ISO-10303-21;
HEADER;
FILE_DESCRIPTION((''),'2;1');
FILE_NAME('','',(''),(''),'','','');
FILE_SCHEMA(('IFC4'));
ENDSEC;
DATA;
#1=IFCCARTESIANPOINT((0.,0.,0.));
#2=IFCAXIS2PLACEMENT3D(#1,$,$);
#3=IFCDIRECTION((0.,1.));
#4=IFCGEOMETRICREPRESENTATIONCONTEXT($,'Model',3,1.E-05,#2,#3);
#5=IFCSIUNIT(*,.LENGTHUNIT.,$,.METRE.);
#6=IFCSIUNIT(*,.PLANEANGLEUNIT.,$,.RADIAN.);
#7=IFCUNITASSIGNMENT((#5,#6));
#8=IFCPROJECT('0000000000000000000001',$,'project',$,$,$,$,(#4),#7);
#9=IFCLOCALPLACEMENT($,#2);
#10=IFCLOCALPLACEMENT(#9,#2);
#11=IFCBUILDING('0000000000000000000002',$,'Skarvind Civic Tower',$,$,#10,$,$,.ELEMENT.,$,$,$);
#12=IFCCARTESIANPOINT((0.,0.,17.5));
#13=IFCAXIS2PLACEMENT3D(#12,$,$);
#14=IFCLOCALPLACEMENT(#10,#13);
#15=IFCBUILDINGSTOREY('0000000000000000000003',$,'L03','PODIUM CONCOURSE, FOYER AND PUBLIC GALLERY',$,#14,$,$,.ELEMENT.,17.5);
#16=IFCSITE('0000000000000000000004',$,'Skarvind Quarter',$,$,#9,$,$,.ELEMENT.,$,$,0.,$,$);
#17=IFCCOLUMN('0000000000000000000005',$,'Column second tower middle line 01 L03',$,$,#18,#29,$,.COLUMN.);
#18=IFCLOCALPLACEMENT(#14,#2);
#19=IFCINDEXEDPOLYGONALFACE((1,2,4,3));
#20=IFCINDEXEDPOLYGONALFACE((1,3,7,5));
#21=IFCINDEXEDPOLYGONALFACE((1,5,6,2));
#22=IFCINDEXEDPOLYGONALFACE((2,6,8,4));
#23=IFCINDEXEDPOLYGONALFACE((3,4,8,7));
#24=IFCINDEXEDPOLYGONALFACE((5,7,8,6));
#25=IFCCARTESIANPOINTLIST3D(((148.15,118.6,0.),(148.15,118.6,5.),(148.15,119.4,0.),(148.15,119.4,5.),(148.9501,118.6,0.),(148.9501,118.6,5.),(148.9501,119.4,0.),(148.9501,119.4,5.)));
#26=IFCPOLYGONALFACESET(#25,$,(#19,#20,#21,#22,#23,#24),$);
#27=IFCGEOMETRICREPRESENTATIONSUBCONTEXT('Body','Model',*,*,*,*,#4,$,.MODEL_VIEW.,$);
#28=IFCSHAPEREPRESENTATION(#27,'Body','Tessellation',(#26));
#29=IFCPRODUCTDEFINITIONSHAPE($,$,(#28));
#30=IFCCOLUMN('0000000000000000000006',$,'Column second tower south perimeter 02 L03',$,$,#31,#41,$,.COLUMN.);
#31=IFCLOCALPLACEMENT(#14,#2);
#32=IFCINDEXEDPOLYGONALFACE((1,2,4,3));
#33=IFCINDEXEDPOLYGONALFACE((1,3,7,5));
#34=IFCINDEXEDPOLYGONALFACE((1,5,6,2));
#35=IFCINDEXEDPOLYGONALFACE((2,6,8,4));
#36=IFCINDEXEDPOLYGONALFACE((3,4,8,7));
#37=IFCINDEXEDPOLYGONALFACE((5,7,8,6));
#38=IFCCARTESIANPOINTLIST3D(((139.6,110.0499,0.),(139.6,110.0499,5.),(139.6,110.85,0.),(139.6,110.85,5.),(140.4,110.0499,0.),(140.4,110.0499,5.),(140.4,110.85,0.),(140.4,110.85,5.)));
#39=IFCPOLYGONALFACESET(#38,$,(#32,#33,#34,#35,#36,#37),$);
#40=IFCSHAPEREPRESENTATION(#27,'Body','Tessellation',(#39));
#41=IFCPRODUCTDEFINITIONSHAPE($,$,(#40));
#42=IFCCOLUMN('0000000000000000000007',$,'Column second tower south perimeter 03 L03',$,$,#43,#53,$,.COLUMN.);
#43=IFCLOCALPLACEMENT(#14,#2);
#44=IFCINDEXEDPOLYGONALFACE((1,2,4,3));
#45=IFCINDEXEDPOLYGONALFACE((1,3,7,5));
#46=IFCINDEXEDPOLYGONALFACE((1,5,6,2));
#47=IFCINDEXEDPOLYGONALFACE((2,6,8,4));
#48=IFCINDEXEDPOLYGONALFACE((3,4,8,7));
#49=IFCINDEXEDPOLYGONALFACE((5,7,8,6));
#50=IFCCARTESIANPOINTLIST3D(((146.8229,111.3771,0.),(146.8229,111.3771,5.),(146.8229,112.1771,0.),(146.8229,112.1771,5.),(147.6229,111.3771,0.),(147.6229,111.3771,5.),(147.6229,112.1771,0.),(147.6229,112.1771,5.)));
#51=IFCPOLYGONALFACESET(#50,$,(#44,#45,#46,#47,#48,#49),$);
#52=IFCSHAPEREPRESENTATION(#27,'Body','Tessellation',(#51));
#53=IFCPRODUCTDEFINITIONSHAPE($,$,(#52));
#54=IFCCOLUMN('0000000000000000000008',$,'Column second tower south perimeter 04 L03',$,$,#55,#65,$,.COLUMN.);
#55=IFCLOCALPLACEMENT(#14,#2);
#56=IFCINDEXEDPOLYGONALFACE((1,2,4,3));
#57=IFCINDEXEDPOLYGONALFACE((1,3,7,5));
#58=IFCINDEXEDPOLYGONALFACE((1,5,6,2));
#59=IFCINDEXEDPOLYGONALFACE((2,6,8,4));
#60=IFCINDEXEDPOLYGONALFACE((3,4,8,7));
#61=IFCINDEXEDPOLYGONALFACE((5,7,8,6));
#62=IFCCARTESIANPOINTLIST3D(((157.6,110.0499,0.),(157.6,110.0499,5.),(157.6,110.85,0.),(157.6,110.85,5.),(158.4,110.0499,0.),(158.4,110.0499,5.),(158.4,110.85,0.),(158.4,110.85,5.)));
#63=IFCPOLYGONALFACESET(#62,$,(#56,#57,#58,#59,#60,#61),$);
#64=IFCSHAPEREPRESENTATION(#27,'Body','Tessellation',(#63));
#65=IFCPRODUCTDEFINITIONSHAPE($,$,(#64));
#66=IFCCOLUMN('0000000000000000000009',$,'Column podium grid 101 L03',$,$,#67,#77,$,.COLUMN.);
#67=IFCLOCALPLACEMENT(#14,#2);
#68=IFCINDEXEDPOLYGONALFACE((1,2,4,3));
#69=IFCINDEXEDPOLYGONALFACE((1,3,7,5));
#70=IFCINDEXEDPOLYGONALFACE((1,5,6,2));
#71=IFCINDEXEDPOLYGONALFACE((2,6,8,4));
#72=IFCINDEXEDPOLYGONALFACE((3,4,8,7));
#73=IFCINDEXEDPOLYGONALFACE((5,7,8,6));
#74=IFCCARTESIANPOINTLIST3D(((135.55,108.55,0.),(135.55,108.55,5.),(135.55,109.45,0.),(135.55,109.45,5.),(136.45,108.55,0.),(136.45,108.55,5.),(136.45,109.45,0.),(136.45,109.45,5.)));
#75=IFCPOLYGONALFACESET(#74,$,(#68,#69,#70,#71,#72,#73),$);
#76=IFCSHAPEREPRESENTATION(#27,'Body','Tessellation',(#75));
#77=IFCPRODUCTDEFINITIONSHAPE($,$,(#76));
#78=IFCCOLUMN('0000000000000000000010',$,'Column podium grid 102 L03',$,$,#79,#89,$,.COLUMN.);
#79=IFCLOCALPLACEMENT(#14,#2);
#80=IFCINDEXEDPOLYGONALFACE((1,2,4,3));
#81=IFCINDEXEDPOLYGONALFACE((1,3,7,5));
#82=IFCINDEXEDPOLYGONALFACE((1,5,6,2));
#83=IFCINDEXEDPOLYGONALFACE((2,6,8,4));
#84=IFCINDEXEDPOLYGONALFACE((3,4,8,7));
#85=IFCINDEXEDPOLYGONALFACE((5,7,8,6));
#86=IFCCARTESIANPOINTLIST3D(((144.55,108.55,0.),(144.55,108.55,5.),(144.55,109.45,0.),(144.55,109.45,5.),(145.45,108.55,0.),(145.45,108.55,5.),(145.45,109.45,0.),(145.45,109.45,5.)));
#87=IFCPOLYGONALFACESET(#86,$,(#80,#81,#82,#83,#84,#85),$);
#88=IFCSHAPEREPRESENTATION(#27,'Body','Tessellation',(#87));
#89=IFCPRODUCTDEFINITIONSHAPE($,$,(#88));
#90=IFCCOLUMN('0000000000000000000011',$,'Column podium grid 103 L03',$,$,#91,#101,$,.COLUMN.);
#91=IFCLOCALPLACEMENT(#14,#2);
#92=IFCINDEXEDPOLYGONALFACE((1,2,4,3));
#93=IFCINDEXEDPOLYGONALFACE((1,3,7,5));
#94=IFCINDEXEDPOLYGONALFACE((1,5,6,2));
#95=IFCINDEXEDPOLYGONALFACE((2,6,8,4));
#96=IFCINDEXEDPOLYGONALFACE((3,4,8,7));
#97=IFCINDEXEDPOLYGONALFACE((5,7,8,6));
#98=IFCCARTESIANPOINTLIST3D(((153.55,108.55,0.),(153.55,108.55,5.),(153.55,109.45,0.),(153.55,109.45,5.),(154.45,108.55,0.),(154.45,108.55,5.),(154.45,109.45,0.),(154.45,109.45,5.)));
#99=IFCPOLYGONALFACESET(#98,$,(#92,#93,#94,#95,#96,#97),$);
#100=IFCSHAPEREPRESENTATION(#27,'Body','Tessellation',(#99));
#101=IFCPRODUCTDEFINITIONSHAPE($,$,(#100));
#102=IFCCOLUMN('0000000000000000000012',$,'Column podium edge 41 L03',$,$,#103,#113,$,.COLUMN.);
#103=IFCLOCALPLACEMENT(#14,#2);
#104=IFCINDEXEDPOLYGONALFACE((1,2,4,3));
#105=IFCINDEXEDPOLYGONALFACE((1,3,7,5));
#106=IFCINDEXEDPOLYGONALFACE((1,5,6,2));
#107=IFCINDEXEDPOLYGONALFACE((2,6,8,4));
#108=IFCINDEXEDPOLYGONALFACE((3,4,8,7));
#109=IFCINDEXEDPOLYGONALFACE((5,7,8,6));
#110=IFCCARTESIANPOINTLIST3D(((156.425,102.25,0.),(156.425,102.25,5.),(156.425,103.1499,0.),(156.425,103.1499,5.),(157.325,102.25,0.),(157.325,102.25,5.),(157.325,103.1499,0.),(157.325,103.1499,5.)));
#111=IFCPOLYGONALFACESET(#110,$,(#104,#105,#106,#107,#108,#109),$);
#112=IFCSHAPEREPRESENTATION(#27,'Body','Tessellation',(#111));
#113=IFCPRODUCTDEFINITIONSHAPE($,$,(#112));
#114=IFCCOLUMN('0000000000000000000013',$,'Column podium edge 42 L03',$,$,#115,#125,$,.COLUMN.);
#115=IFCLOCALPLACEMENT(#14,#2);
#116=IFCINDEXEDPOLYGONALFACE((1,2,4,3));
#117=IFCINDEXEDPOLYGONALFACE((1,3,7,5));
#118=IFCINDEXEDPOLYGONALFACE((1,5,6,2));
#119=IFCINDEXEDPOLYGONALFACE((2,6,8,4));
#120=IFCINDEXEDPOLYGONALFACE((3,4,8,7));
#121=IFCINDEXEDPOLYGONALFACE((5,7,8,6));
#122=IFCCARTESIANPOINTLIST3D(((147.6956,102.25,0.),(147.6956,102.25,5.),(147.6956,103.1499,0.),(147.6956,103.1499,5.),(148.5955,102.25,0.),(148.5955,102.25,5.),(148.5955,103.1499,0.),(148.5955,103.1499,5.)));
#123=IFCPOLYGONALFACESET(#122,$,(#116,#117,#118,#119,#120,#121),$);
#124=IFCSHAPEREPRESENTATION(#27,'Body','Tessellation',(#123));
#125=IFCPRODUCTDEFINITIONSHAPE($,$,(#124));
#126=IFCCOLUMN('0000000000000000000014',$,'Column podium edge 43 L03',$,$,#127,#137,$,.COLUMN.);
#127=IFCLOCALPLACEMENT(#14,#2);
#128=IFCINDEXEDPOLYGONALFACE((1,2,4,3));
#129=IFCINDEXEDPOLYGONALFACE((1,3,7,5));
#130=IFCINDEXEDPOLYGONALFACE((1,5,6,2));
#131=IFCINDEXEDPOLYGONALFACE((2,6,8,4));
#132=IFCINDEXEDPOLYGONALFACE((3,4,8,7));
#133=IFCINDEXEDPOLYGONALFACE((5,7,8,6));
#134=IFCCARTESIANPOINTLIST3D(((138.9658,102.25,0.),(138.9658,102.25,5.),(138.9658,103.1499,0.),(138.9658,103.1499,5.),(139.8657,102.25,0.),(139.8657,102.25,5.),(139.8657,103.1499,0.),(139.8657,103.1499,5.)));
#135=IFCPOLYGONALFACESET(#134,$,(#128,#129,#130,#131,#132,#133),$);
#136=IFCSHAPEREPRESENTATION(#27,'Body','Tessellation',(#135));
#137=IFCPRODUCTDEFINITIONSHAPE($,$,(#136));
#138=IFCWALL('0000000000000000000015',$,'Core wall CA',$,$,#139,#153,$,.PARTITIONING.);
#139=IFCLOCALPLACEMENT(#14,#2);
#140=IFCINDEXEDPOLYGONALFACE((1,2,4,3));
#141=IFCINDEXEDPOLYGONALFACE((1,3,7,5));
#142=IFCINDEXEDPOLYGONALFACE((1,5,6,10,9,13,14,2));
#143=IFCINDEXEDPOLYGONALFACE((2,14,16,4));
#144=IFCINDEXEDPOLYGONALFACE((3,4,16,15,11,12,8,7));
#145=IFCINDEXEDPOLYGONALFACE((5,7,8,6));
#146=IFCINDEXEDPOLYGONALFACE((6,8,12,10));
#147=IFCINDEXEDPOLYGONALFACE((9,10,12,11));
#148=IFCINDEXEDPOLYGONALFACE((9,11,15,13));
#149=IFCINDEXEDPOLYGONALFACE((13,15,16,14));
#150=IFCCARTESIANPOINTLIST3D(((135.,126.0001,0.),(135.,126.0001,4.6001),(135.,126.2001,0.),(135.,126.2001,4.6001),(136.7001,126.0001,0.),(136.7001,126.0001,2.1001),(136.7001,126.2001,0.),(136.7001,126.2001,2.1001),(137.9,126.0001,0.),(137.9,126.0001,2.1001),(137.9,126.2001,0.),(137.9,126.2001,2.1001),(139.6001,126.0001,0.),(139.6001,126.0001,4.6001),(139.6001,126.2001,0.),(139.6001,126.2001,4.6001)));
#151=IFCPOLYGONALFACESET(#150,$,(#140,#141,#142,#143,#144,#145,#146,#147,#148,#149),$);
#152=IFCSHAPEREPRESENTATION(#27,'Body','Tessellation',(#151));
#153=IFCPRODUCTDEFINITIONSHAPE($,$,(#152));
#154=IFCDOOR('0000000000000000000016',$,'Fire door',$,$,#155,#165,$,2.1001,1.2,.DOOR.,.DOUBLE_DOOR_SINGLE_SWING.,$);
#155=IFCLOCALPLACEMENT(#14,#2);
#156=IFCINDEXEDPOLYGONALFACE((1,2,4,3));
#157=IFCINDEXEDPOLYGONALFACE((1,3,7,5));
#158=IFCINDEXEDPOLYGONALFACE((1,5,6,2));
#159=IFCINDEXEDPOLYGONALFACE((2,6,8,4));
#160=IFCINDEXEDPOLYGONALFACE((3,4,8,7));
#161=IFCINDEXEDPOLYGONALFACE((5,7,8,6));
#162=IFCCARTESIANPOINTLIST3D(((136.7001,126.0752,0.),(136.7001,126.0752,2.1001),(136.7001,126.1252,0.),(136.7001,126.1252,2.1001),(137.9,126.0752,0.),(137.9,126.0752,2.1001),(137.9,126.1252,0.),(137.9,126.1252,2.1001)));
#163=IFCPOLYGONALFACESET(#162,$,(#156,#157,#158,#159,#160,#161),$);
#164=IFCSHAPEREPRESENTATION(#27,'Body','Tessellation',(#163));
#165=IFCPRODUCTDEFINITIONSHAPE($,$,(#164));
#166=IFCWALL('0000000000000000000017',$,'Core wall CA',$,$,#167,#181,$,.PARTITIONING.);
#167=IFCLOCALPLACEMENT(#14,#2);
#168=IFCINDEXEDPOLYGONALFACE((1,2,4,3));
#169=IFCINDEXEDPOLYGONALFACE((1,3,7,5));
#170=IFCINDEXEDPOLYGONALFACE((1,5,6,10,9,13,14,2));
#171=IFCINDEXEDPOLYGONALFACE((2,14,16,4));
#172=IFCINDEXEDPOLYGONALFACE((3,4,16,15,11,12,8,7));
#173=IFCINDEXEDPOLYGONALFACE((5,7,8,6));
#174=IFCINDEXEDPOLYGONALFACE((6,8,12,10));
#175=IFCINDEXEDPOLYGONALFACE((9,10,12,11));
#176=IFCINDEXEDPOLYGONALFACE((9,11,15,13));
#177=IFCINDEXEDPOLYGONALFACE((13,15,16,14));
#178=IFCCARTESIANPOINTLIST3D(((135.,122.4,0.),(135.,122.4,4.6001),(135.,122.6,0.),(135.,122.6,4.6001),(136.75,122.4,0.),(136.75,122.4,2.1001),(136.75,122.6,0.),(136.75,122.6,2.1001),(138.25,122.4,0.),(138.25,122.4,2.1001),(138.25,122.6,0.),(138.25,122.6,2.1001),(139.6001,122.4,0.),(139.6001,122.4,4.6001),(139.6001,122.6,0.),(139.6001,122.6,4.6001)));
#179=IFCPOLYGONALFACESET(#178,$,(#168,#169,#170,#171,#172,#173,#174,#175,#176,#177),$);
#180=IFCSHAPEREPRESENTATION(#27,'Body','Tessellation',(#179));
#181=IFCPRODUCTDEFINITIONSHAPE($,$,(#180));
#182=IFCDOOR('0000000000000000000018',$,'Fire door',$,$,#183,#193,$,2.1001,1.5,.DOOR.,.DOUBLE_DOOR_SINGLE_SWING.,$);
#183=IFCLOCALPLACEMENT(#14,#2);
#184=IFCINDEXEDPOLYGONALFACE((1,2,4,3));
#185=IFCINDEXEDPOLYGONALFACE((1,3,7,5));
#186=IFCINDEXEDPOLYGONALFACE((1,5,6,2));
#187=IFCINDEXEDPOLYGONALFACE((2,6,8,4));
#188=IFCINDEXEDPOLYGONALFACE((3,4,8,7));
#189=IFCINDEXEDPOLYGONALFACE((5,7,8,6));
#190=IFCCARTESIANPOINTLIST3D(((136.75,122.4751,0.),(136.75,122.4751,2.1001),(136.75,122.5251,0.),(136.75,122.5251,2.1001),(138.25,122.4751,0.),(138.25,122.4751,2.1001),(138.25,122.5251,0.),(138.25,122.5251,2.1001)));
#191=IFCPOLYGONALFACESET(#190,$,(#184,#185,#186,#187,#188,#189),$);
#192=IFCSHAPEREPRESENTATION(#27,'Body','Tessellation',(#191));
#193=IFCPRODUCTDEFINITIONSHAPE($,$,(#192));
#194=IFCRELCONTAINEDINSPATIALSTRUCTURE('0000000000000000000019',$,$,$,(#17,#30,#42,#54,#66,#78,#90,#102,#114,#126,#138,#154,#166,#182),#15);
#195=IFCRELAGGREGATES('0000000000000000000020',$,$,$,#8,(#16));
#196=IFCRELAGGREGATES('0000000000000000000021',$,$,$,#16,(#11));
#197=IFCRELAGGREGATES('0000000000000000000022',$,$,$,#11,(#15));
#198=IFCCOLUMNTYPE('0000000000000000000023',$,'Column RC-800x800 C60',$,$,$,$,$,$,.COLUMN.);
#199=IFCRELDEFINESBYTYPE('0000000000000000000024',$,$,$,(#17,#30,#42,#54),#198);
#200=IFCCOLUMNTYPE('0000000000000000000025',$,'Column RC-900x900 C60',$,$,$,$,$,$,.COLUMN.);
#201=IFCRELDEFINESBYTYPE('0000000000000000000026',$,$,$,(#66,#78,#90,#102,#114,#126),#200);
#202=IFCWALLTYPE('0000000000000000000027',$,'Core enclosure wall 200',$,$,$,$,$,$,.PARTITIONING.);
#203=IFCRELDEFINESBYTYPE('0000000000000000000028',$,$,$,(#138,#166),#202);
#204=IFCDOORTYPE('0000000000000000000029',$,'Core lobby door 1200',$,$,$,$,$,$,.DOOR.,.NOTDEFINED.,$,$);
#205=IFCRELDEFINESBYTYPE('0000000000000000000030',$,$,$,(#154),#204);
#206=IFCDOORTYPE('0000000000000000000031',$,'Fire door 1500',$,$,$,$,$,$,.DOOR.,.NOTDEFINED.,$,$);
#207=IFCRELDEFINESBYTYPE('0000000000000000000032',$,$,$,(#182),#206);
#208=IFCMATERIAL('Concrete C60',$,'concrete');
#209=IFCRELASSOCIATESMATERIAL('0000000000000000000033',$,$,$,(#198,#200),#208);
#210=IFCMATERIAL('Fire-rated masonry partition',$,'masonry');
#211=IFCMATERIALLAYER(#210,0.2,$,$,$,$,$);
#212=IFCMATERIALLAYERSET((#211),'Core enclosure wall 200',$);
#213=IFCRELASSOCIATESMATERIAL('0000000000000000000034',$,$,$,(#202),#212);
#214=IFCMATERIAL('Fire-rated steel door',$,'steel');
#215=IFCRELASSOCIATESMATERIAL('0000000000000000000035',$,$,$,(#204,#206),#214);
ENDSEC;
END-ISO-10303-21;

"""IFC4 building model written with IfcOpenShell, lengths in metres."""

from ifc_helpers import new_model, si_unit, direction, frame, frame_2d, origin, origin_2d, place, context, subcontext, project, spatial, rectangle, extrude, material, layer, layer_set, material_profile, profile_set, type_object, element, fill, save


model = new_model("IFC4")

# Units and contexts
model_context = context("Model", 3, precision=1e-05, world=origin(), true_north=direction((0.0, 1.0)))
body_context = subcontext(model_context, "Body", "Model", "MODEL_VIEW")
ifc_project = project(units=[si_unit("LENGTHUNIT", "METRE"), si_unit("PLANEANGLEUNIT", "RADIAN")], contexts=[model_context])

# Site, building, storey
site_placement = place(None, origin())
site = spatial("IfcSite", under=ifc_project, at=site_placement, Name="Skarvind Quarter", CompositionType="ELEMENT", RefElevation=0.0)
building_placement = place(site_placement, origin())
building = spatial("IfcBuilding", under=site, at=building_placement, Name="Skarvind Civic Tower", CompositionType="ELEMENT")
storey_placement = place(building_placement, frame((0.0, 0.0, 17.5)))
storey = spatial("IfcBuildingStorey", under=building, at=storey_placement, Name="L03", Description="PODIUM CONCOURSE, FOYER AND PUBLIC GALLERY", CompositionType="ELEMENT", Elevation=17.5)

# Columns
ifc_material_1 = material(Name="Concrete C60", Category="concrete")
ifc_material_profile_1 = material_profile(ifc_material_1, rectangle(XDim=0.8, YDim=0.8, at=origin_2d()), Name="RC-800x800")
ifc_profile_set_1 = profile_set([ifc_material_profile_1], Name="Concrete C60")
column_type_1 = type_object("IfcColumnType", Name="Column RC-800x800 C60", PredefinedType="COLUMN", material=ifc_profile_set_1)
for number, where, z_axis, x_axis, name in (
    (1, (148.55, 119.0, 0.0), (0.0, 0.0, 1.0), (1.0, 0.0, 0.0), "Column second tower middle line 01 L03"),
    (2, (140.0, 110.45, 0.0), (0.0, 0.0, 1.0), (1.0, 0.0, 0.0), "Column second tower south perimeter 02 L03"),
    (3, (147.2229, 111.7771, 0.0), (0.0, 0.0, 1.0), (1.0, 0.0, 0.0), "Column second tower south perimeter 03 L03"),
    (4, (158.0, 110.45, 0.0), (0.0, 0.0, 1.0), (1.0, 0.0, 0.0), "Column second tower south perimeter 04 L03"),
):
    element("IfcColumn", number, at=place(storey_placement, frame(where, z_axis=z_axis, x_axis=x_axis)), inside=storey, type_object=column_type_1, Name=name, PredefinedType="COLUMN", context=body_context, shape_type="SweptSolid", body=[
        extrude(rectangle(XDim=0.8, YDim=0.8, at=origin_2d()), origin(), (0.0, 0.0, 1.0), 5.0),
    ])
ifc_material_profile_2 = material_profile(ifc_material_1, rectangle(XDim=0.8999, YDim=0.8999, at=origin_2d()), Name="RC-900x900")
ifc_profile_set_2 = profile_set([ifc_material_profile_2], Name="Concrete C60")
column_type_2 = type_object("IfcColumnType", Name="Column RC-900x900 C60", PredefinedType="COLUMN", material=ifc_profile_set_2)
for number, where, z_axis, x_axis, name in (
    (5, (136.0, 109.0, 0.0), (0.0, 0.0, 1.0), (1.0, 0.0, 0.0), "Column podium grid 101 L03"),
    (6, (145.0, 109.0, 0.0), (0.0, 0.0, 1.0), (1.0, 0.0, 0.0), "Column podium grid 102 L03"),
    (7, (154.0, 109.0, 0.0), (0.0, 0.0, 1.0), (1.0, 0.0, 0.0), "Column podium grid 103 L03"),
    (8, (156.875, 102.7, 0.0), (0.0, 0.0, 1.0), (1.0, 0.0, 0.0), "Column podium edge 41 L03"),
    (9, (148.1455, 102.7, 0.0), (0.0, 0.0, 1.0), (1.0, 0.0, 0.0), "Column podium edge 42 L03"),
    (10, (139.4158, 102.7, 0.0), (0.0, 0.0, 1.0), (1.0, 0.0, 0.0), "Column podium edge 43 L03"),
):
    element("IfcColumn", number, at=place(storey_placement, frame(where, z_axis=z_axis, x_axis=x_axis)), inside=storey, type_object=column_type_2, Name=name, PredefinedType="COLUMN", context=body_context, shape_type="SweptSolid", body=[
        extrude(rectangle(XDim=0.8999, YDim=0.8999, at=origin_2d()), origin(), (0.0, 0.0, 1.0), 5.0),
    ])

# Walls, openings, doors
ifc_material_2 = material(Name="Fire-rated masonry partition", Category="masonry")
ifc_layer_1 = layer(ifc_material_2, 0.2)
ifc_layer_set_1 = layer_set([ifc_layer_1], Name="Core enclosure wall 200")
wall_type_1 = type_object("IfcWallType", Name="Core enclosure wall 200", PredefinedType="PARTITIONING", material=ifc_layer_set_1)
wall_1_placement = place(storey_placement, frame((139.6001, 126.1001, 0.0), z_axis=(0.0, 0.0, 1.0), x_axis=(-1.0, 0.0, 0.0)))
wall_1 = element("IfcWall", 11, at=wall_1_placement, inside=storey, type_object=wall_type_1, Name="Core wall CA", PredefinedType="PARTITIONING", context=body_context, shape_type="SweptSolid", body=[
    extrude(rectangle(XDim=4.6001, YDim=0.2, at=frame_2d((2.3, 0.0))), origin(), (0.0, 0.0, 1.0), 4.6001),
])
opening_1_placement = place(wall_1_placement, frame((1.7, 0.0, 0.0)))
opening_1 = element("IfcOpeningElement", 12, at=opening_1_placement, cuts=wall_1, PredefinedType="OPENING", context=body_context, shape_type="SweptSolid", body=[
    extrude(rectangle(XDim=1.2, YDim=2.1001, at=frame_2d((0.6001, 1.05))), frame((0.0, 0.1099, 0.0), z_axis=(0.0, -1.0, 0.0), x_axis=(1.0, 0.0, 0.0)), (0.0, 0.0, 1.0), 0.22),
])
ifc_material_3 = material(Name="Fire-rated steel door", Category="steel")
door_type_1 = type_object("IfcDoorType", Name="Core lobby door 1200", OperationType="NOTDEFINED", PredefinedType="DOOR", material=ifc_material_3)
door_1_placement = place(opening_1_placement, origin())
door_1 = element("IfcDoor", 13, at=door_1_placement, inside=storey, type_object=door_type_1, Name="Fire door", OperationType="DOUBLE_DOOR_SINGLE_SWING", OverallHeight=2.1001, OverallWidth=1.2, PredefinedType="DOOR", context=body_context, shape_type="SweptSolid", body=[
    extrude(rectangle(XDim=1.2, YDim=2.1001, at=frame_2d((0.6001, 1.05))), frame((0.0, 0.0249, 0.0), z_axis=(0.0, -1.0, 0.0), x_axis=(1.0, 0.0, 0.0)), (0.0, 0.0, 1.0), 0.05),
])
fill(opening_1, door_1)
wall_2_placement = place(storey_placement, frame((139.6001, 122.5, 0.0), z_axis=(0.0, 0.0, 1.0), x_axis=(-1.0, 0.0, 0.0)))
wall_2 = element("IfcWall", 14, at=wall_2_placement, inside=storey, type_object=wall_type_1, Name="Core wall CA", PredefinedType="PARTITIONING", context=body_context, shape_type="SweptSolid", body=[
    extrude(rectangle(XDim=4.6001, YDim=0.2, at=frame_2d((2.3, 0.0))), origin(), (0.0, 0.0, 1.0), 4.6001),
])
opening_2_placement = place(wall_2_placement, frame((1.3501, 0.0, 0.0)))
opening_2 = element("IfcOpeningElement", 15, at=opening_2_placement, cuts=wall_2, PredefinedType="OPENING", context=body_context, shape_type="SweptSolid", body=[
    extrude(rectangle(XDim=1.5, YDim=2.1001, at=frame_2d((0.75, 1.05))), frame((0.0, 0.1099, 0.0), z_axis=(0.0, -1.0, 0.0), x_axis=(1.0, 0.0, 0.0)), (0.0, 0.0, 1.0), 0.22),
])
door_type_2 = type_object("IfcDoorType", Name="Fire door 1500", OperationType="NOTDEFINED", PredefinedType="DOOR", material=ifc_material_3)
door_2_placement = place(opening_2_placement, origin())
door_2 = element("IfcDoor", 16, at=door_2_placement, inside=storey, type_object=door_type_2, Name="Fire door", OperationType="DOUBLE_DOOR_SINGLE_SWING", OverallHeight=2.1001, OverallWidth=1.5, PredefinedType="DOOR", context=body_context, shape_type="SweptSolid", body=[
    extrude(rectangle(XDim=1.5, YDim=2.1001, at=frame_2d((0.75, 1.05))), frame((0.0, 0.0249, 0.0), z_axis=(0.0, -1.0, 0.0), x_axis=(1.0, 0.0, 0.0)), (0.0, 0.0, 1.0), 0.05),
])
fill(opening_2, door_2)

save(model, "model.ifc")
